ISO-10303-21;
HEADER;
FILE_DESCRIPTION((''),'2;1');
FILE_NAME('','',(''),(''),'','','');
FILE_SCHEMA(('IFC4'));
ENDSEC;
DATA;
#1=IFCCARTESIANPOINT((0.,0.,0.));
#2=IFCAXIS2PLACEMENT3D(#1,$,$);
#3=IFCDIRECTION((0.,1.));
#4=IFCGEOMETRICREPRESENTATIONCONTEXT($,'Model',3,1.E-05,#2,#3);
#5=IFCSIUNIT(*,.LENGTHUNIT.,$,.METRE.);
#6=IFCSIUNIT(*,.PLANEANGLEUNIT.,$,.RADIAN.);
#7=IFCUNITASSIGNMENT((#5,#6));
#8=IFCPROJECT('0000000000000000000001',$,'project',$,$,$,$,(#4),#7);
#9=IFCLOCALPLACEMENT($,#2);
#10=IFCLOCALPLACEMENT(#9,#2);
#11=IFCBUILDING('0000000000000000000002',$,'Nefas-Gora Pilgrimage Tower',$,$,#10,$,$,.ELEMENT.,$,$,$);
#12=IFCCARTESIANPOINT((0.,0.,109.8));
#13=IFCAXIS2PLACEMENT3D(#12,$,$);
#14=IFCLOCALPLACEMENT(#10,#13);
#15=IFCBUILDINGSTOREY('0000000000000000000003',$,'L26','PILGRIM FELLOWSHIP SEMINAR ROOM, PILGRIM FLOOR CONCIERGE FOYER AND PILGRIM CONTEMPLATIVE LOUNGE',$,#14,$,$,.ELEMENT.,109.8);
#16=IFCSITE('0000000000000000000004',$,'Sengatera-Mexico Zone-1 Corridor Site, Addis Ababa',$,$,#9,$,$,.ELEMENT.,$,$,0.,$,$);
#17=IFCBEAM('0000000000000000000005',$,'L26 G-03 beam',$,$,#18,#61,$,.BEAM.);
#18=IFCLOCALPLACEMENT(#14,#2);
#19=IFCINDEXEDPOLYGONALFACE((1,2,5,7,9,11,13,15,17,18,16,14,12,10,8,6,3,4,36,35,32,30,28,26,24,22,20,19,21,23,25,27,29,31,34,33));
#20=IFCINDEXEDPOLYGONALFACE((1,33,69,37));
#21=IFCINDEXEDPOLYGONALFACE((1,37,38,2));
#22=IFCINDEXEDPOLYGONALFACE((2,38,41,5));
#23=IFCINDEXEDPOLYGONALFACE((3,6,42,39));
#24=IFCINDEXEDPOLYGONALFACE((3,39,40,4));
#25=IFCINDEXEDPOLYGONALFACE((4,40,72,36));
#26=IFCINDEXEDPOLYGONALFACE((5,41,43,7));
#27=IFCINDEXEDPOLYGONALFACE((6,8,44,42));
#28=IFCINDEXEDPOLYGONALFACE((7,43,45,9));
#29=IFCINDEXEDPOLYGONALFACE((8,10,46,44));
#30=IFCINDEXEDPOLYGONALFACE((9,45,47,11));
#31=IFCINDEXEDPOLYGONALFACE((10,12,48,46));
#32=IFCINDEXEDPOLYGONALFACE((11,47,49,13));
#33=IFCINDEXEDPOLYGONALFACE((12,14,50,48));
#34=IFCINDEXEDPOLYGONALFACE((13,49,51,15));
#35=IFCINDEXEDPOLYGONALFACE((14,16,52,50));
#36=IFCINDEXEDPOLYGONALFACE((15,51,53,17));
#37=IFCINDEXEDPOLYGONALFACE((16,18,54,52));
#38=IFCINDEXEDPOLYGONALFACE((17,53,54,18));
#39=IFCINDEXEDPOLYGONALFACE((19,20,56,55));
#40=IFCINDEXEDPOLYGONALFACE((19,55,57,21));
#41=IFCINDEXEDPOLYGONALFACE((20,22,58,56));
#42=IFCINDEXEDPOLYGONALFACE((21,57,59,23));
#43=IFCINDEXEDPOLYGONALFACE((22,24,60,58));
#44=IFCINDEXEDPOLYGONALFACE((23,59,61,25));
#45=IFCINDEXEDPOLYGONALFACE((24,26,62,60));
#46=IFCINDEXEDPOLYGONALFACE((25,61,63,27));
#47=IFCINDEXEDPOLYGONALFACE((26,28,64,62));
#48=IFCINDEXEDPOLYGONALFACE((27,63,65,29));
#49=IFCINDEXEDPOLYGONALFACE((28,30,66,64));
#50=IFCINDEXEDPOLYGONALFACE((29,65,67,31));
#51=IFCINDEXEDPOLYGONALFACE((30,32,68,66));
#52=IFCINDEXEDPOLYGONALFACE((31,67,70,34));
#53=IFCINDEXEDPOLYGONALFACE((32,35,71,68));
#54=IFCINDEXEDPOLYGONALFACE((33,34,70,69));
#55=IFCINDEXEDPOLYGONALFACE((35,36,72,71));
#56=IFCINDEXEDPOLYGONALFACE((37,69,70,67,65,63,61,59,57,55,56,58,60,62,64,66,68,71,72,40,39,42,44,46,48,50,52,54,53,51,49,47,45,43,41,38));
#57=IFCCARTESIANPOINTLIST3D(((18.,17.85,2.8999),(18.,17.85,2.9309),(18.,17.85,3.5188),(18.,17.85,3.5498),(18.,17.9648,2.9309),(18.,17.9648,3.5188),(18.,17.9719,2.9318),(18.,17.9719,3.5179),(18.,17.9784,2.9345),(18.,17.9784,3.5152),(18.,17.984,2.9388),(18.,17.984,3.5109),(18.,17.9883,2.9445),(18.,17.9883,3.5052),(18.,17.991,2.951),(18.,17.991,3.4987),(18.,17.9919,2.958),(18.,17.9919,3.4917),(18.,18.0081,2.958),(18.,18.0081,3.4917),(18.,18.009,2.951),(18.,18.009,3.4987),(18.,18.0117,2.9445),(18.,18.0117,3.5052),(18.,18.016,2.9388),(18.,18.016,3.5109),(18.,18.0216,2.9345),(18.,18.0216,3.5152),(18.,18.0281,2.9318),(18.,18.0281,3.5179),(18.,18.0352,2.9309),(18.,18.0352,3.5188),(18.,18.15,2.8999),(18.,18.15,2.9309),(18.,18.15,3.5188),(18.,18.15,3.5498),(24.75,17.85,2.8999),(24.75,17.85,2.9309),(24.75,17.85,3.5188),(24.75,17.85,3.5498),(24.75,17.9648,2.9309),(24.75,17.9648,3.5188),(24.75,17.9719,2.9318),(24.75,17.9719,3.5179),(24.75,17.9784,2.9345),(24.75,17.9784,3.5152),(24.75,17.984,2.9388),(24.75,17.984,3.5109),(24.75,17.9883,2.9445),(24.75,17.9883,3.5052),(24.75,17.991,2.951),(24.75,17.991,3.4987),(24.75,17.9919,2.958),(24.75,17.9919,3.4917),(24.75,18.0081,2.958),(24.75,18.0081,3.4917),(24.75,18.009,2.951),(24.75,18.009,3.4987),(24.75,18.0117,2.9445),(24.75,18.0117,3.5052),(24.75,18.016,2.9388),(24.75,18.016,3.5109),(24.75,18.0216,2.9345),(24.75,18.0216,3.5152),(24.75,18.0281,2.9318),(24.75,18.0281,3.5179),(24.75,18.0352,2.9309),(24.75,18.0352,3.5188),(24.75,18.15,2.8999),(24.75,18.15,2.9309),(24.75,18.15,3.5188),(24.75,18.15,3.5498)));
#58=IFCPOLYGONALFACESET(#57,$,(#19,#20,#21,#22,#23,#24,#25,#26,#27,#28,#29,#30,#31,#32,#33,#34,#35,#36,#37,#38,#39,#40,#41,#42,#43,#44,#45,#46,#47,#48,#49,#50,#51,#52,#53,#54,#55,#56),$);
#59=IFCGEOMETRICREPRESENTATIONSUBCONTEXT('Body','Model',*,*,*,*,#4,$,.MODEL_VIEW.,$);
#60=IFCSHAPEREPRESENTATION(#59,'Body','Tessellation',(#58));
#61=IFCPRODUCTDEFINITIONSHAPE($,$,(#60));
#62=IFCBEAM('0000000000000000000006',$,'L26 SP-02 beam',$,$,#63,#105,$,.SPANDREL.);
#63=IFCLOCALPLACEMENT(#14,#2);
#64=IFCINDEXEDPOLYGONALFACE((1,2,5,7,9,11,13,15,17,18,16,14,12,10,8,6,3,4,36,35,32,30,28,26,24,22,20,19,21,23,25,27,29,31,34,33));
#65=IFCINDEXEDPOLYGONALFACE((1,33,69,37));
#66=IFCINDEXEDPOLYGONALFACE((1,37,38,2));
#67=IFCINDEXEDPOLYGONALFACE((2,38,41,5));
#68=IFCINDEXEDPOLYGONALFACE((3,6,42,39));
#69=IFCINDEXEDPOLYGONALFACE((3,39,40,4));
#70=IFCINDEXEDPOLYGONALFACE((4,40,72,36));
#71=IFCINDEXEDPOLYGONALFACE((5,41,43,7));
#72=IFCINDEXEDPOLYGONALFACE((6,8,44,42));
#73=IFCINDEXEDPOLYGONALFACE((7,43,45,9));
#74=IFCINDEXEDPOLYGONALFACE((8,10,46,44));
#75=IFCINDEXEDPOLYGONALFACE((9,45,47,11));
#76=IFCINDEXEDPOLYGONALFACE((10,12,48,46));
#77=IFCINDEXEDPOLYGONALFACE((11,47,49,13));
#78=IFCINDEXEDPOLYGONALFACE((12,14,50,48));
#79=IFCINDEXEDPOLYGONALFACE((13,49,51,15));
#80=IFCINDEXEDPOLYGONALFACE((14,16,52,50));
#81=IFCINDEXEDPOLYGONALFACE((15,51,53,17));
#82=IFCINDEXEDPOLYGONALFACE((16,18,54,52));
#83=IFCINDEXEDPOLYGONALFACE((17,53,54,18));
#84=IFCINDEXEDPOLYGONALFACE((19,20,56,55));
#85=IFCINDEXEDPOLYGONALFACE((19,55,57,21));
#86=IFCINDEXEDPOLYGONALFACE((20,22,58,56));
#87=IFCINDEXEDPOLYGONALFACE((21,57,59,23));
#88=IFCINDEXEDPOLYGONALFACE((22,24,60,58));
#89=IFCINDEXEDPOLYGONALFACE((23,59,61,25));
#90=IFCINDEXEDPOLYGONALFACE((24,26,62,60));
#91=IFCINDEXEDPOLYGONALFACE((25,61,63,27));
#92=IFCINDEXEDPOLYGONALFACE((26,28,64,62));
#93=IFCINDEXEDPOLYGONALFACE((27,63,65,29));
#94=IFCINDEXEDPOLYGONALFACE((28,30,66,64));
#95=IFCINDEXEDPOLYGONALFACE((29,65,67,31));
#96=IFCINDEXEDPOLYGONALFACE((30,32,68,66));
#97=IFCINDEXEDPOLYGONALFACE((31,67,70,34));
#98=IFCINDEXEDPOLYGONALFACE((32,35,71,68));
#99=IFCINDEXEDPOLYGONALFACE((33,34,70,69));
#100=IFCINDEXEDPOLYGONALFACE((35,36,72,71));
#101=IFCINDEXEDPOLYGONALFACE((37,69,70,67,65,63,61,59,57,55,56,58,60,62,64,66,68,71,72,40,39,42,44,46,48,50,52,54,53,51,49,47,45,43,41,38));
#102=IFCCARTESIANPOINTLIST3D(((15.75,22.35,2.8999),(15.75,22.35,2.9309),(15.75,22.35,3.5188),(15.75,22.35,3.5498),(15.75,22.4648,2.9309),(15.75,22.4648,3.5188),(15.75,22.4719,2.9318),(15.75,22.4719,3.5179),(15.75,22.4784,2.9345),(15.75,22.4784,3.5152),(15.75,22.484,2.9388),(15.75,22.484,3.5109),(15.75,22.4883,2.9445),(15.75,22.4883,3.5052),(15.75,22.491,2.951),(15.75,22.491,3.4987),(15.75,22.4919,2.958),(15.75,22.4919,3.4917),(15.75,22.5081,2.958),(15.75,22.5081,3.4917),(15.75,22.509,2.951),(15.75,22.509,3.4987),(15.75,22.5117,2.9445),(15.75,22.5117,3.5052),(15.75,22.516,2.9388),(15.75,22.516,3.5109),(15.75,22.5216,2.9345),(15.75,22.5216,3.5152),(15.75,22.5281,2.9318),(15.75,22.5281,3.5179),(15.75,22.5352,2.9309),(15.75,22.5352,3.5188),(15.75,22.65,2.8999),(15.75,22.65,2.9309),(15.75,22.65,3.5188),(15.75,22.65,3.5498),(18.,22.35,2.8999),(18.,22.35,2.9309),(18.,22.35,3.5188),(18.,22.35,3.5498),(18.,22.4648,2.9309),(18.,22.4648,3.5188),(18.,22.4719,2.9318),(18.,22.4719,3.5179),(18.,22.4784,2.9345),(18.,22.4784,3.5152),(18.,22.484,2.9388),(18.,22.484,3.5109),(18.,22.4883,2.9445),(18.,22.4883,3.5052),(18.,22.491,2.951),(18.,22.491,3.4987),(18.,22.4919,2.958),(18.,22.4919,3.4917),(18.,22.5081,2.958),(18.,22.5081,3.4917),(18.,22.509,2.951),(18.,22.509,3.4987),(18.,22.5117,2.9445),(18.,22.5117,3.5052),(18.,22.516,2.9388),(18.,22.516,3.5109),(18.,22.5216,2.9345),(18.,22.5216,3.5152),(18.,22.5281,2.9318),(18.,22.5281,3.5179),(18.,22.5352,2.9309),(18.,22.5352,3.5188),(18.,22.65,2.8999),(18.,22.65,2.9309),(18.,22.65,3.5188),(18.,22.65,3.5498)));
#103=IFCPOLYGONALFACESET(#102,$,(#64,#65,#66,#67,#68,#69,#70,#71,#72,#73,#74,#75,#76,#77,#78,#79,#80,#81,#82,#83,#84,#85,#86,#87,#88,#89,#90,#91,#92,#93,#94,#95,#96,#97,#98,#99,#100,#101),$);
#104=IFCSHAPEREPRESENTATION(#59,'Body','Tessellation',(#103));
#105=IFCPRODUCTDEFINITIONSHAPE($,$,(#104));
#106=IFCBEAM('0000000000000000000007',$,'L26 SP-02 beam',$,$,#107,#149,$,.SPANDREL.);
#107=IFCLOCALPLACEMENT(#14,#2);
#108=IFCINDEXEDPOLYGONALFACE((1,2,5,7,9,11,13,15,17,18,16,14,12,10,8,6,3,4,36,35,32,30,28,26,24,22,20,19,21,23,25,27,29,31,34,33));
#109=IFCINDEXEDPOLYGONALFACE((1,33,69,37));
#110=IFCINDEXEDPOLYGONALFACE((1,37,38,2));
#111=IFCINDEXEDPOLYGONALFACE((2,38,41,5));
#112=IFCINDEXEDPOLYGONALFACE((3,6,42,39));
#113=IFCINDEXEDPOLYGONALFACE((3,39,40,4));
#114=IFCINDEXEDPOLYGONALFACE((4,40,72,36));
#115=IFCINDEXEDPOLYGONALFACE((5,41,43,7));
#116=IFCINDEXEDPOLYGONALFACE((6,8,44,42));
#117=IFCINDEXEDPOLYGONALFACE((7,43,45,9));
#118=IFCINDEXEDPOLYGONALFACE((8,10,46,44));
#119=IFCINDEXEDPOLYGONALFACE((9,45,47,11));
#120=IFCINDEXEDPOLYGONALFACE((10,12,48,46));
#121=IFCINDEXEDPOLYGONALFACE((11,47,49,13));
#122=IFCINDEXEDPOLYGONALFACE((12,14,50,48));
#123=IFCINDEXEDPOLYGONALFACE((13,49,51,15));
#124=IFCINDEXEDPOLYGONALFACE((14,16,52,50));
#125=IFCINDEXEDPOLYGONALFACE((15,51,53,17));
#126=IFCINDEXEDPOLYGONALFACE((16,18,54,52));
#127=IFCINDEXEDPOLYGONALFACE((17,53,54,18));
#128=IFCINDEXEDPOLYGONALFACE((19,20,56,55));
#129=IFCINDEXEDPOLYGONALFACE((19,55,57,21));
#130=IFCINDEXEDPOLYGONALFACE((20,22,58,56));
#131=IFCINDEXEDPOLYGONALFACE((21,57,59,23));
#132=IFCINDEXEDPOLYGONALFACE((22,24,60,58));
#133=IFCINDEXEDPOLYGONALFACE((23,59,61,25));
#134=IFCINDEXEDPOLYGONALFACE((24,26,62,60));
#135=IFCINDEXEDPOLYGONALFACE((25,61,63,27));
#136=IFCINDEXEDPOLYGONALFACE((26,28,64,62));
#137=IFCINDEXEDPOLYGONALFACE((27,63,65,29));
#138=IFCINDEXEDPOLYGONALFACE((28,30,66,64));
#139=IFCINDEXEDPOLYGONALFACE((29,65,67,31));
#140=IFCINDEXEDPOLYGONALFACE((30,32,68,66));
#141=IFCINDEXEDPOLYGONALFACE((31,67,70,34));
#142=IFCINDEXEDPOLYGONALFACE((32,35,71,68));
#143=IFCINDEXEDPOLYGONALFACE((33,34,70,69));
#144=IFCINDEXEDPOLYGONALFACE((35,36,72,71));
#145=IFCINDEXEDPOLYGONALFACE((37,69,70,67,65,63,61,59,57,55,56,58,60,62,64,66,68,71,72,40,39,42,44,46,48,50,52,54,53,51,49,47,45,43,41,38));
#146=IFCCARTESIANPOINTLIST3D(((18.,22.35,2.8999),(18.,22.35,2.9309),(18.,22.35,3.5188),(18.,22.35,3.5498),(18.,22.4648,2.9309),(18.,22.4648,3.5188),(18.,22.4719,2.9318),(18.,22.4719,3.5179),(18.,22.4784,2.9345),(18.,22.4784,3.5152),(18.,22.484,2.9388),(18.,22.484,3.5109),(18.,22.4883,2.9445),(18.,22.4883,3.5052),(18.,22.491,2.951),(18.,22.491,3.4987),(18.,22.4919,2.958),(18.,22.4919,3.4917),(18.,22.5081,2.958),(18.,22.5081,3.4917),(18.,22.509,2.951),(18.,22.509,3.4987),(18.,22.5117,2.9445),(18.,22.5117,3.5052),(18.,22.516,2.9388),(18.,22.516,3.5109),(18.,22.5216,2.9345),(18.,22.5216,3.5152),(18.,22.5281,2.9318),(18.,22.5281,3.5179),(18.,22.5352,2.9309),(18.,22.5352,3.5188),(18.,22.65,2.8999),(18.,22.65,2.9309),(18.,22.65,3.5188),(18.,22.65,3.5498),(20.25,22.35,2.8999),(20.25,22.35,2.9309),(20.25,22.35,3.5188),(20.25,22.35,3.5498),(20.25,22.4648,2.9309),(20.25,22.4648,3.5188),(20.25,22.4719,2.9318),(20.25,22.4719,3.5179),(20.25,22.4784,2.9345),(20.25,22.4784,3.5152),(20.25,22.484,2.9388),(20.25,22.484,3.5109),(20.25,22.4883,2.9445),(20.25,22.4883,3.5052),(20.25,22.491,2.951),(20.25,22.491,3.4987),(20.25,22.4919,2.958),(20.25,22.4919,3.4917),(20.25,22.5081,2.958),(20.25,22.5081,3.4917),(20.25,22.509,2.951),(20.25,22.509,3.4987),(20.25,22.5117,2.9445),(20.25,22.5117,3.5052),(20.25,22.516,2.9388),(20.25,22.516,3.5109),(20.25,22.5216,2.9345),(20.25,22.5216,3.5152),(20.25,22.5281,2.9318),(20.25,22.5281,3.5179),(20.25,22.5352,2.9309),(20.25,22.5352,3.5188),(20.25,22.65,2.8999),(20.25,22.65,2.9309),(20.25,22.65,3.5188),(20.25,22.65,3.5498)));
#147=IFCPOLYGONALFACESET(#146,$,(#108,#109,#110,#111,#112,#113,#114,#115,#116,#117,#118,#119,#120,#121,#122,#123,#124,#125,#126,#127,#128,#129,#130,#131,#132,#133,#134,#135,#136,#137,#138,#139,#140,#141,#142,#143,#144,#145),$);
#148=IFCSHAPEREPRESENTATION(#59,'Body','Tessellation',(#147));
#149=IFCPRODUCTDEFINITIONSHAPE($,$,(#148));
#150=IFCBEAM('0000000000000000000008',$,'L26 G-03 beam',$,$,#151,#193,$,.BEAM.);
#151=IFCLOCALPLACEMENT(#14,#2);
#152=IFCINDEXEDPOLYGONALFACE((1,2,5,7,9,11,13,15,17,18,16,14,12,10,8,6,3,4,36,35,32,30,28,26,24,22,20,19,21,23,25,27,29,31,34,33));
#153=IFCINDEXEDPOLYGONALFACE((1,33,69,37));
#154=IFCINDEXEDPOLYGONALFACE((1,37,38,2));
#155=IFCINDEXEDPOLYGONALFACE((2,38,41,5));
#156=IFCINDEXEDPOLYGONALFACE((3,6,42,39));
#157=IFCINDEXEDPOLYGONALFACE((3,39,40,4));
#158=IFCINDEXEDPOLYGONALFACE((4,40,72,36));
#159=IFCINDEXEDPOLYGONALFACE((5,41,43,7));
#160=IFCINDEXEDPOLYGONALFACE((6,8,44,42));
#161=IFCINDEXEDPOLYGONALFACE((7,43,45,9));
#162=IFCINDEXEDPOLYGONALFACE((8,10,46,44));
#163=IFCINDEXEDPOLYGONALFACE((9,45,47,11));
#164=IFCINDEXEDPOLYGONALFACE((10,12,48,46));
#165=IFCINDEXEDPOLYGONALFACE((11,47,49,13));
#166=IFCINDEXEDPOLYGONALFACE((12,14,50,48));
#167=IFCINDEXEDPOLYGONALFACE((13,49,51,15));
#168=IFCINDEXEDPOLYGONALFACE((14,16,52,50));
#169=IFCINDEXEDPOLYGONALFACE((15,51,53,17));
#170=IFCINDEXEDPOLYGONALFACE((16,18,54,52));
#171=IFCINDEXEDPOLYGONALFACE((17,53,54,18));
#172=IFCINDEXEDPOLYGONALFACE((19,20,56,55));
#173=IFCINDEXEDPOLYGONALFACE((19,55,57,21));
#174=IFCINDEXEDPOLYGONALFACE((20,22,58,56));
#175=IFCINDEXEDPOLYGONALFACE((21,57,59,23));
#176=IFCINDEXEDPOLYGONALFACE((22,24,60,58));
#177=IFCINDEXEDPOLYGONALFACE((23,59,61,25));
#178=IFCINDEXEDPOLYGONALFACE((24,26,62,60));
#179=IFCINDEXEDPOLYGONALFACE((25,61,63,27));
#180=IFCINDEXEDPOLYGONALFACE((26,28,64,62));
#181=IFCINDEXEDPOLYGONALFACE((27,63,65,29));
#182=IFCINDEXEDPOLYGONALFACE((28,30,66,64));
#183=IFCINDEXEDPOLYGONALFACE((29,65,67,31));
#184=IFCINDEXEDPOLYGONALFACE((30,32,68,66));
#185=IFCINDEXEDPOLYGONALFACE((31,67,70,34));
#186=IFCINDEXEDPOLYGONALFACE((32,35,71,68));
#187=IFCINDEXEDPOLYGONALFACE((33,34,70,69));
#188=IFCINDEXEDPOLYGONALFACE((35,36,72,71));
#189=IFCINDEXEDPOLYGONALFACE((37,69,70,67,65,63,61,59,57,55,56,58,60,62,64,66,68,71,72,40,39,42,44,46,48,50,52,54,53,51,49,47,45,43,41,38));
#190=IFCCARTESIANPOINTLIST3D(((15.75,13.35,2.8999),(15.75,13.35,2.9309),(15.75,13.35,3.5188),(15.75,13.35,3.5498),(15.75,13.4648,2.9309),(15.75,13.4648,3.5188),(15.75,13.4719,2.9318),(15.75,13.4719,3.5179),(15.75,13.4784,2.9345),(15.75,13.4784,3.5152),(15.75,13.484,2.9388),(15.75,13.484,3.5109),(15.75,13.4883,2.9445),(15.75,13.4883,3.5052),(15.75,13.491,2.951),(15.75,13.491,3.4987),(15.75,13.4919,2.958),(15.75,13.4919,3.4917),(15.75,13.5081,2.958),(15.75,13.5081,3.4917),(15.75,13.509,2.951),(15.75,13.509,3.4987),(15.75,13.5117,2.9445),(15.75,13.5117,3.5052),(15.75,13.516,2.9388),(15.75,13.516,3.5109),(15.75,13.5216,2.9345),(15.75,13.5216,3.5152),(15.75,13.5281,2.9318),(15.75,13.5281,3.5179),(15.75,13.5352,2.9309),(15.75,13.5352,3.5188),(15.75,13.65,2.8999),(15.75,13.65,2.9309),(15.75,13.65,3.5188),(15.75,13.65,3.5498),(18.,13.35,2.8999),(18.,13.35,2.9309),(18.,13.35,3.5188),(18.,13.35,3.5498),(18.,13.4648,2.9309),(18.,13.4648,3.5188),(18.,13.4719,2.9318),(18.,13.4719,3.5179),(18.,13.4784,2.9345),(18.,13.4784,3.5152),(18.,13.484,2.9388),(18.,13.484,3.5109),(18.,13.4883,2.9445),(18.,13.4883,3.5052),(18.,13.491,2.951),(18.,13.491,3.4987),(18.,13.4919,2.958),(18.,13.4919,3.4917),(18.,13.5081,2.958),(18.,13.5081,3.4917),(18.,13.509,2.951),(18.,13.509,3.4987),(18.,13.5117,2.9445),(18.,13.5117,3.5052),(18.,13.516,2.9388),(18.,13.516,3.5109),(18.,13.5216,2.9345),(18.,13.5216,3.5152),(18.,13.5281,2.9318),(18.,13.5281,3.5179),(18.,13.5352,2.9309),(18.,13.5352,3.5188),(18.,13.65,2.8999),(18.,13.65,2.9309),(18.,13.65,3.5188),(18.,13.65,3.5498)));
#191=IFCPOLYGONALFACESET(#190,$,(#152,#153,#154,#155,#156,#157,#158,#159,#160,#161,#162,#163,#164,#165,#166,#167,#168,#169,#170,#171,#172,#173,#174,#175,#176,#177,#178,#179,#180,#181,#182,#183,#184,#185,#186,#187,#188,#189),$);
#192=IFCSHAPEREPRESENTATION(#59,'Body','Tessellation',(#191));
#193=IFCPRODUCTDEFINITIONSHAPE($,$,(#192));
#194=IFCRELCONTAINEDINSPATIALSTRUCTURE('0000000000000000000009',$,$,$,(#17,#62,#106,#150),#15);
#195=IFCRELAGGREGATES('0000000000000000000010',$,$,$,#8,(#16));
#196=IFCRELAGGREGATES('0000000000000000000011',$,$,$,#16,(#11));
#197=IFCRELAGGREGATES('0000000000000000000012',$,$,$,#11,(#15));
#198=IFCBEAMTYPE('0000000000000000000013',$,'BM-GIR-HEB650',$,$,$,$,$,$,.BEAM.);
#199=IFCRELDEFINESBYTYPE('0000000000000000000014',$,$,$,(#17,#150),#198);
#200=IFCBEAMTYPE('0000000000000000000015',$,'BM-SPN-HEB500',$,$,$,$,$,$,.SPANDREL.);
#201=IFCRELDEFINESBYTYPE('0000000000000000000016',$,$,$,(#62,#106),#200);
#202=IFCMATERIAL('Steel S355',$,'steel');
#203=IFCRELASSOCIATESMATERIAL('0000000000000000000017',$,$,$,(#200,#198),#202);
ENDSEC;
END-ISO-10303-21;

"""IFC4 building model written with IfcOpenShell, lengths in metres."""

from ifc_helpers import new_model, si_unit, direction, frame, origin, origin_2d, place, context, subcontext, project, spatial, i_section, extrude, source, transform, mapped, material, material_profile, profile_set, type_object, element, save


model = new_model("IFC4")

# Units and contexts
model_context = context("Model", 3, precision=1e-05, world=origin(), true_north=direction((0.0, 1.0)))
body_context = subcontext(model_context, "Body", "Model", "MODEL_VIEW")
ifc_project = project(units=[si_unit("LENGTHUNIT", "METRE"), si_unit("PLANEANGLEUNIT", "RADIAN")], contexts=[model_context])

# Site, building, storey
site_placement = place(None, origin())
site = spatial("IfcSite", under=ifc_project, at=site_placement, Name="Sengatera-Mexico Zone-1 Corridor Site, Addis Ababa", CompositionType="ELEMENT", RefElevation=0.0)
building_placement = place(site_placement, origin())
building = spatial("IfcBuilding", under=site, at=building_placement, Name="Nefas-Gora Pilgrimage Tower", CompositionType="ELEMENT")
storey_placement = place(building_placement, frame((0.0, 0.0, 109.8)))
storey = spatial("IfcBuildingStorey", under=building, at=storey_placement, Name="L26", Description="PILGRIM FELLOWSHIP SEMINAR ROOM, PILGRIM FLOOR CONCIERGE FOYER AND PILGRIM CONTEMPLATIVE LOUNGE", CompositionType="ELEMENT", Elevation=109.8)

# Beams
ifc_material_1 = material(Name="Steel S355", Category="steel")
ifc_material_profile_1 = material_profile(ifc_material_1, i_section(OverallWidth=0.3, OverallDepth=0.6499, WebThickness=0.0161, FlangeThickness=0.031, FilletRadius=0.0271, at=origin_2d()), Name="HEB 650")
ifc_profile_set_1 = profile_set([ifc_material_profile_1], Name="Steel S355")
beam_type_1 = type_object("IfcBeamType", Name="BM-SPN-HEB500", PredefinedType="SPANDREL", material=ifc_profile_set_1)
ifc_material_profile_2 = material_profile(ifc_material_1, i_section(OverallWidth=0.3, OverallDepth=0.6499, WebThickness=0.0161, FlangeThickness=0.031, FilletRadius=0.0271, at=origin_2d()), Name="HEB 650")
ifc_profile_set_2 = profile_set([ifc_material_profile_2], Name="Steel S355")
beam_type_2 = type_object("IfcBeamType", Name="BM-GIR-HEB650", PredefinedType="BEAM", material=ifc_profile_set_2)
shared_shape_1 = source(origin(), body_context, "Body", "SweptSolid", [
    extrude(i_section(OverallWidth=0.3, OverallDepth=0.6499, WebThickness=0.0161, FlangeThickness=0.031, FilletRadius=0.0271, at=origin_2d()), origin(), (0.0, 0.0, 1.0), 6.75),
])
for number, where, z_axis, x_axis, name in (
    (1, (18.0, 18.0, 3.2249), (1.0, 0.0, 0.0), (0.0, 1.0, 0.0), "L26 G-03 beam"),
):
    element("IfcBeam", number, at=place(storey_placement, frame(where, z_axis=z_axis, x_axis=x_axis)), inside=storey, type_object=beam_type_2, Name=name, PredefinedType="BEAM", context=body_context, shape_type="MappedRepresentation", body=[
        mapped(shared_shape_1, transform((0.0, 0.0, 0.0), x_axis=(1.0, 0.0, 0.0), y_axis=(0.0, 1.0, 0.0), z_axis=(0.0, 0.0, 1.0), scale=1.0)),
    ])
shared_shape_2 = source(origin(), body_context, "Body", "SweptSolid", [
    extrude(i_section(OverallWidth=0.3, OverallDepth=0.6499, WebThickness=0.0161, FlangeThickness=0.031, FilletRadius=0.0271, at=origin_2d()), origin(), (0.0, 0.0, 1.0), 2.25),
])
for number, where, z_axis, x_axis, name in (
    (2, (15.75, 22.5, 3.2249), (1.0, 0.0, 0.0), (0.0, 1.0, 0.0), "L26 SP-02 beam"),
    (3, (18.0, 22.5, 3.2249), (1.0, 0.0, 0.0), (0.0, 1.0, 0.0), "L26 SP-02 beam"),
):
    element("IfcBeam", number, at=place(storey_placement, frame(where, z_axis=z_axis, x_axis=x_axis)), inside=storey, type_object=beam_type_1, Name=name, PredefinedType="SPANDREL", context=body_context, shape_type="MappedRepresentation", body=[
        mapped(shared_shape_2, transform((0.0, 0.0, 0.0), x_axis=(1.0, 0.0, 0.0), y_axis=(0.0, 1.0, 0.0), z_axis=(0.0, 0.0, 1.0), scale=1.0)),
    ])
shared_shape_3 = source(origin(), body_context, "Body", "SweptSolid", [
    extrude(i_section(OverallWidth=0.3, OverallDepth=0.6499, WebThickness=0.0161, FlangeThickness=0.031, FilletRadius=0.0271, at=origin_2d()), origin(), (0.0, 0.0, 1.0), 2.25),
])
beam_1_placement = place(storey_placement, frame((15.75, 13.5, 3.2249), z_axis=(1.0, 0.0, 0.0), x_axis=(0.0, 1.0, 0.0)))
element("IfcBeam", 4, at=beam_1_placement, inside=storey, type_object=beam_type_2, Name="L26 G-03 beam", PredefinedType="BEAM", context=body_context, shape_type="MappedRepresentation", body=[
    mapped(shared_shape_3, transform((0.0, 0.0, 0.0), x_axis=(1.0, 0.0, 0.0), y_axis=(0.0, 1.0, 0.0), z_axis=(0.0, 0.0, 1.0), scale=1.0)),
])

save(model, "model.ifc")
